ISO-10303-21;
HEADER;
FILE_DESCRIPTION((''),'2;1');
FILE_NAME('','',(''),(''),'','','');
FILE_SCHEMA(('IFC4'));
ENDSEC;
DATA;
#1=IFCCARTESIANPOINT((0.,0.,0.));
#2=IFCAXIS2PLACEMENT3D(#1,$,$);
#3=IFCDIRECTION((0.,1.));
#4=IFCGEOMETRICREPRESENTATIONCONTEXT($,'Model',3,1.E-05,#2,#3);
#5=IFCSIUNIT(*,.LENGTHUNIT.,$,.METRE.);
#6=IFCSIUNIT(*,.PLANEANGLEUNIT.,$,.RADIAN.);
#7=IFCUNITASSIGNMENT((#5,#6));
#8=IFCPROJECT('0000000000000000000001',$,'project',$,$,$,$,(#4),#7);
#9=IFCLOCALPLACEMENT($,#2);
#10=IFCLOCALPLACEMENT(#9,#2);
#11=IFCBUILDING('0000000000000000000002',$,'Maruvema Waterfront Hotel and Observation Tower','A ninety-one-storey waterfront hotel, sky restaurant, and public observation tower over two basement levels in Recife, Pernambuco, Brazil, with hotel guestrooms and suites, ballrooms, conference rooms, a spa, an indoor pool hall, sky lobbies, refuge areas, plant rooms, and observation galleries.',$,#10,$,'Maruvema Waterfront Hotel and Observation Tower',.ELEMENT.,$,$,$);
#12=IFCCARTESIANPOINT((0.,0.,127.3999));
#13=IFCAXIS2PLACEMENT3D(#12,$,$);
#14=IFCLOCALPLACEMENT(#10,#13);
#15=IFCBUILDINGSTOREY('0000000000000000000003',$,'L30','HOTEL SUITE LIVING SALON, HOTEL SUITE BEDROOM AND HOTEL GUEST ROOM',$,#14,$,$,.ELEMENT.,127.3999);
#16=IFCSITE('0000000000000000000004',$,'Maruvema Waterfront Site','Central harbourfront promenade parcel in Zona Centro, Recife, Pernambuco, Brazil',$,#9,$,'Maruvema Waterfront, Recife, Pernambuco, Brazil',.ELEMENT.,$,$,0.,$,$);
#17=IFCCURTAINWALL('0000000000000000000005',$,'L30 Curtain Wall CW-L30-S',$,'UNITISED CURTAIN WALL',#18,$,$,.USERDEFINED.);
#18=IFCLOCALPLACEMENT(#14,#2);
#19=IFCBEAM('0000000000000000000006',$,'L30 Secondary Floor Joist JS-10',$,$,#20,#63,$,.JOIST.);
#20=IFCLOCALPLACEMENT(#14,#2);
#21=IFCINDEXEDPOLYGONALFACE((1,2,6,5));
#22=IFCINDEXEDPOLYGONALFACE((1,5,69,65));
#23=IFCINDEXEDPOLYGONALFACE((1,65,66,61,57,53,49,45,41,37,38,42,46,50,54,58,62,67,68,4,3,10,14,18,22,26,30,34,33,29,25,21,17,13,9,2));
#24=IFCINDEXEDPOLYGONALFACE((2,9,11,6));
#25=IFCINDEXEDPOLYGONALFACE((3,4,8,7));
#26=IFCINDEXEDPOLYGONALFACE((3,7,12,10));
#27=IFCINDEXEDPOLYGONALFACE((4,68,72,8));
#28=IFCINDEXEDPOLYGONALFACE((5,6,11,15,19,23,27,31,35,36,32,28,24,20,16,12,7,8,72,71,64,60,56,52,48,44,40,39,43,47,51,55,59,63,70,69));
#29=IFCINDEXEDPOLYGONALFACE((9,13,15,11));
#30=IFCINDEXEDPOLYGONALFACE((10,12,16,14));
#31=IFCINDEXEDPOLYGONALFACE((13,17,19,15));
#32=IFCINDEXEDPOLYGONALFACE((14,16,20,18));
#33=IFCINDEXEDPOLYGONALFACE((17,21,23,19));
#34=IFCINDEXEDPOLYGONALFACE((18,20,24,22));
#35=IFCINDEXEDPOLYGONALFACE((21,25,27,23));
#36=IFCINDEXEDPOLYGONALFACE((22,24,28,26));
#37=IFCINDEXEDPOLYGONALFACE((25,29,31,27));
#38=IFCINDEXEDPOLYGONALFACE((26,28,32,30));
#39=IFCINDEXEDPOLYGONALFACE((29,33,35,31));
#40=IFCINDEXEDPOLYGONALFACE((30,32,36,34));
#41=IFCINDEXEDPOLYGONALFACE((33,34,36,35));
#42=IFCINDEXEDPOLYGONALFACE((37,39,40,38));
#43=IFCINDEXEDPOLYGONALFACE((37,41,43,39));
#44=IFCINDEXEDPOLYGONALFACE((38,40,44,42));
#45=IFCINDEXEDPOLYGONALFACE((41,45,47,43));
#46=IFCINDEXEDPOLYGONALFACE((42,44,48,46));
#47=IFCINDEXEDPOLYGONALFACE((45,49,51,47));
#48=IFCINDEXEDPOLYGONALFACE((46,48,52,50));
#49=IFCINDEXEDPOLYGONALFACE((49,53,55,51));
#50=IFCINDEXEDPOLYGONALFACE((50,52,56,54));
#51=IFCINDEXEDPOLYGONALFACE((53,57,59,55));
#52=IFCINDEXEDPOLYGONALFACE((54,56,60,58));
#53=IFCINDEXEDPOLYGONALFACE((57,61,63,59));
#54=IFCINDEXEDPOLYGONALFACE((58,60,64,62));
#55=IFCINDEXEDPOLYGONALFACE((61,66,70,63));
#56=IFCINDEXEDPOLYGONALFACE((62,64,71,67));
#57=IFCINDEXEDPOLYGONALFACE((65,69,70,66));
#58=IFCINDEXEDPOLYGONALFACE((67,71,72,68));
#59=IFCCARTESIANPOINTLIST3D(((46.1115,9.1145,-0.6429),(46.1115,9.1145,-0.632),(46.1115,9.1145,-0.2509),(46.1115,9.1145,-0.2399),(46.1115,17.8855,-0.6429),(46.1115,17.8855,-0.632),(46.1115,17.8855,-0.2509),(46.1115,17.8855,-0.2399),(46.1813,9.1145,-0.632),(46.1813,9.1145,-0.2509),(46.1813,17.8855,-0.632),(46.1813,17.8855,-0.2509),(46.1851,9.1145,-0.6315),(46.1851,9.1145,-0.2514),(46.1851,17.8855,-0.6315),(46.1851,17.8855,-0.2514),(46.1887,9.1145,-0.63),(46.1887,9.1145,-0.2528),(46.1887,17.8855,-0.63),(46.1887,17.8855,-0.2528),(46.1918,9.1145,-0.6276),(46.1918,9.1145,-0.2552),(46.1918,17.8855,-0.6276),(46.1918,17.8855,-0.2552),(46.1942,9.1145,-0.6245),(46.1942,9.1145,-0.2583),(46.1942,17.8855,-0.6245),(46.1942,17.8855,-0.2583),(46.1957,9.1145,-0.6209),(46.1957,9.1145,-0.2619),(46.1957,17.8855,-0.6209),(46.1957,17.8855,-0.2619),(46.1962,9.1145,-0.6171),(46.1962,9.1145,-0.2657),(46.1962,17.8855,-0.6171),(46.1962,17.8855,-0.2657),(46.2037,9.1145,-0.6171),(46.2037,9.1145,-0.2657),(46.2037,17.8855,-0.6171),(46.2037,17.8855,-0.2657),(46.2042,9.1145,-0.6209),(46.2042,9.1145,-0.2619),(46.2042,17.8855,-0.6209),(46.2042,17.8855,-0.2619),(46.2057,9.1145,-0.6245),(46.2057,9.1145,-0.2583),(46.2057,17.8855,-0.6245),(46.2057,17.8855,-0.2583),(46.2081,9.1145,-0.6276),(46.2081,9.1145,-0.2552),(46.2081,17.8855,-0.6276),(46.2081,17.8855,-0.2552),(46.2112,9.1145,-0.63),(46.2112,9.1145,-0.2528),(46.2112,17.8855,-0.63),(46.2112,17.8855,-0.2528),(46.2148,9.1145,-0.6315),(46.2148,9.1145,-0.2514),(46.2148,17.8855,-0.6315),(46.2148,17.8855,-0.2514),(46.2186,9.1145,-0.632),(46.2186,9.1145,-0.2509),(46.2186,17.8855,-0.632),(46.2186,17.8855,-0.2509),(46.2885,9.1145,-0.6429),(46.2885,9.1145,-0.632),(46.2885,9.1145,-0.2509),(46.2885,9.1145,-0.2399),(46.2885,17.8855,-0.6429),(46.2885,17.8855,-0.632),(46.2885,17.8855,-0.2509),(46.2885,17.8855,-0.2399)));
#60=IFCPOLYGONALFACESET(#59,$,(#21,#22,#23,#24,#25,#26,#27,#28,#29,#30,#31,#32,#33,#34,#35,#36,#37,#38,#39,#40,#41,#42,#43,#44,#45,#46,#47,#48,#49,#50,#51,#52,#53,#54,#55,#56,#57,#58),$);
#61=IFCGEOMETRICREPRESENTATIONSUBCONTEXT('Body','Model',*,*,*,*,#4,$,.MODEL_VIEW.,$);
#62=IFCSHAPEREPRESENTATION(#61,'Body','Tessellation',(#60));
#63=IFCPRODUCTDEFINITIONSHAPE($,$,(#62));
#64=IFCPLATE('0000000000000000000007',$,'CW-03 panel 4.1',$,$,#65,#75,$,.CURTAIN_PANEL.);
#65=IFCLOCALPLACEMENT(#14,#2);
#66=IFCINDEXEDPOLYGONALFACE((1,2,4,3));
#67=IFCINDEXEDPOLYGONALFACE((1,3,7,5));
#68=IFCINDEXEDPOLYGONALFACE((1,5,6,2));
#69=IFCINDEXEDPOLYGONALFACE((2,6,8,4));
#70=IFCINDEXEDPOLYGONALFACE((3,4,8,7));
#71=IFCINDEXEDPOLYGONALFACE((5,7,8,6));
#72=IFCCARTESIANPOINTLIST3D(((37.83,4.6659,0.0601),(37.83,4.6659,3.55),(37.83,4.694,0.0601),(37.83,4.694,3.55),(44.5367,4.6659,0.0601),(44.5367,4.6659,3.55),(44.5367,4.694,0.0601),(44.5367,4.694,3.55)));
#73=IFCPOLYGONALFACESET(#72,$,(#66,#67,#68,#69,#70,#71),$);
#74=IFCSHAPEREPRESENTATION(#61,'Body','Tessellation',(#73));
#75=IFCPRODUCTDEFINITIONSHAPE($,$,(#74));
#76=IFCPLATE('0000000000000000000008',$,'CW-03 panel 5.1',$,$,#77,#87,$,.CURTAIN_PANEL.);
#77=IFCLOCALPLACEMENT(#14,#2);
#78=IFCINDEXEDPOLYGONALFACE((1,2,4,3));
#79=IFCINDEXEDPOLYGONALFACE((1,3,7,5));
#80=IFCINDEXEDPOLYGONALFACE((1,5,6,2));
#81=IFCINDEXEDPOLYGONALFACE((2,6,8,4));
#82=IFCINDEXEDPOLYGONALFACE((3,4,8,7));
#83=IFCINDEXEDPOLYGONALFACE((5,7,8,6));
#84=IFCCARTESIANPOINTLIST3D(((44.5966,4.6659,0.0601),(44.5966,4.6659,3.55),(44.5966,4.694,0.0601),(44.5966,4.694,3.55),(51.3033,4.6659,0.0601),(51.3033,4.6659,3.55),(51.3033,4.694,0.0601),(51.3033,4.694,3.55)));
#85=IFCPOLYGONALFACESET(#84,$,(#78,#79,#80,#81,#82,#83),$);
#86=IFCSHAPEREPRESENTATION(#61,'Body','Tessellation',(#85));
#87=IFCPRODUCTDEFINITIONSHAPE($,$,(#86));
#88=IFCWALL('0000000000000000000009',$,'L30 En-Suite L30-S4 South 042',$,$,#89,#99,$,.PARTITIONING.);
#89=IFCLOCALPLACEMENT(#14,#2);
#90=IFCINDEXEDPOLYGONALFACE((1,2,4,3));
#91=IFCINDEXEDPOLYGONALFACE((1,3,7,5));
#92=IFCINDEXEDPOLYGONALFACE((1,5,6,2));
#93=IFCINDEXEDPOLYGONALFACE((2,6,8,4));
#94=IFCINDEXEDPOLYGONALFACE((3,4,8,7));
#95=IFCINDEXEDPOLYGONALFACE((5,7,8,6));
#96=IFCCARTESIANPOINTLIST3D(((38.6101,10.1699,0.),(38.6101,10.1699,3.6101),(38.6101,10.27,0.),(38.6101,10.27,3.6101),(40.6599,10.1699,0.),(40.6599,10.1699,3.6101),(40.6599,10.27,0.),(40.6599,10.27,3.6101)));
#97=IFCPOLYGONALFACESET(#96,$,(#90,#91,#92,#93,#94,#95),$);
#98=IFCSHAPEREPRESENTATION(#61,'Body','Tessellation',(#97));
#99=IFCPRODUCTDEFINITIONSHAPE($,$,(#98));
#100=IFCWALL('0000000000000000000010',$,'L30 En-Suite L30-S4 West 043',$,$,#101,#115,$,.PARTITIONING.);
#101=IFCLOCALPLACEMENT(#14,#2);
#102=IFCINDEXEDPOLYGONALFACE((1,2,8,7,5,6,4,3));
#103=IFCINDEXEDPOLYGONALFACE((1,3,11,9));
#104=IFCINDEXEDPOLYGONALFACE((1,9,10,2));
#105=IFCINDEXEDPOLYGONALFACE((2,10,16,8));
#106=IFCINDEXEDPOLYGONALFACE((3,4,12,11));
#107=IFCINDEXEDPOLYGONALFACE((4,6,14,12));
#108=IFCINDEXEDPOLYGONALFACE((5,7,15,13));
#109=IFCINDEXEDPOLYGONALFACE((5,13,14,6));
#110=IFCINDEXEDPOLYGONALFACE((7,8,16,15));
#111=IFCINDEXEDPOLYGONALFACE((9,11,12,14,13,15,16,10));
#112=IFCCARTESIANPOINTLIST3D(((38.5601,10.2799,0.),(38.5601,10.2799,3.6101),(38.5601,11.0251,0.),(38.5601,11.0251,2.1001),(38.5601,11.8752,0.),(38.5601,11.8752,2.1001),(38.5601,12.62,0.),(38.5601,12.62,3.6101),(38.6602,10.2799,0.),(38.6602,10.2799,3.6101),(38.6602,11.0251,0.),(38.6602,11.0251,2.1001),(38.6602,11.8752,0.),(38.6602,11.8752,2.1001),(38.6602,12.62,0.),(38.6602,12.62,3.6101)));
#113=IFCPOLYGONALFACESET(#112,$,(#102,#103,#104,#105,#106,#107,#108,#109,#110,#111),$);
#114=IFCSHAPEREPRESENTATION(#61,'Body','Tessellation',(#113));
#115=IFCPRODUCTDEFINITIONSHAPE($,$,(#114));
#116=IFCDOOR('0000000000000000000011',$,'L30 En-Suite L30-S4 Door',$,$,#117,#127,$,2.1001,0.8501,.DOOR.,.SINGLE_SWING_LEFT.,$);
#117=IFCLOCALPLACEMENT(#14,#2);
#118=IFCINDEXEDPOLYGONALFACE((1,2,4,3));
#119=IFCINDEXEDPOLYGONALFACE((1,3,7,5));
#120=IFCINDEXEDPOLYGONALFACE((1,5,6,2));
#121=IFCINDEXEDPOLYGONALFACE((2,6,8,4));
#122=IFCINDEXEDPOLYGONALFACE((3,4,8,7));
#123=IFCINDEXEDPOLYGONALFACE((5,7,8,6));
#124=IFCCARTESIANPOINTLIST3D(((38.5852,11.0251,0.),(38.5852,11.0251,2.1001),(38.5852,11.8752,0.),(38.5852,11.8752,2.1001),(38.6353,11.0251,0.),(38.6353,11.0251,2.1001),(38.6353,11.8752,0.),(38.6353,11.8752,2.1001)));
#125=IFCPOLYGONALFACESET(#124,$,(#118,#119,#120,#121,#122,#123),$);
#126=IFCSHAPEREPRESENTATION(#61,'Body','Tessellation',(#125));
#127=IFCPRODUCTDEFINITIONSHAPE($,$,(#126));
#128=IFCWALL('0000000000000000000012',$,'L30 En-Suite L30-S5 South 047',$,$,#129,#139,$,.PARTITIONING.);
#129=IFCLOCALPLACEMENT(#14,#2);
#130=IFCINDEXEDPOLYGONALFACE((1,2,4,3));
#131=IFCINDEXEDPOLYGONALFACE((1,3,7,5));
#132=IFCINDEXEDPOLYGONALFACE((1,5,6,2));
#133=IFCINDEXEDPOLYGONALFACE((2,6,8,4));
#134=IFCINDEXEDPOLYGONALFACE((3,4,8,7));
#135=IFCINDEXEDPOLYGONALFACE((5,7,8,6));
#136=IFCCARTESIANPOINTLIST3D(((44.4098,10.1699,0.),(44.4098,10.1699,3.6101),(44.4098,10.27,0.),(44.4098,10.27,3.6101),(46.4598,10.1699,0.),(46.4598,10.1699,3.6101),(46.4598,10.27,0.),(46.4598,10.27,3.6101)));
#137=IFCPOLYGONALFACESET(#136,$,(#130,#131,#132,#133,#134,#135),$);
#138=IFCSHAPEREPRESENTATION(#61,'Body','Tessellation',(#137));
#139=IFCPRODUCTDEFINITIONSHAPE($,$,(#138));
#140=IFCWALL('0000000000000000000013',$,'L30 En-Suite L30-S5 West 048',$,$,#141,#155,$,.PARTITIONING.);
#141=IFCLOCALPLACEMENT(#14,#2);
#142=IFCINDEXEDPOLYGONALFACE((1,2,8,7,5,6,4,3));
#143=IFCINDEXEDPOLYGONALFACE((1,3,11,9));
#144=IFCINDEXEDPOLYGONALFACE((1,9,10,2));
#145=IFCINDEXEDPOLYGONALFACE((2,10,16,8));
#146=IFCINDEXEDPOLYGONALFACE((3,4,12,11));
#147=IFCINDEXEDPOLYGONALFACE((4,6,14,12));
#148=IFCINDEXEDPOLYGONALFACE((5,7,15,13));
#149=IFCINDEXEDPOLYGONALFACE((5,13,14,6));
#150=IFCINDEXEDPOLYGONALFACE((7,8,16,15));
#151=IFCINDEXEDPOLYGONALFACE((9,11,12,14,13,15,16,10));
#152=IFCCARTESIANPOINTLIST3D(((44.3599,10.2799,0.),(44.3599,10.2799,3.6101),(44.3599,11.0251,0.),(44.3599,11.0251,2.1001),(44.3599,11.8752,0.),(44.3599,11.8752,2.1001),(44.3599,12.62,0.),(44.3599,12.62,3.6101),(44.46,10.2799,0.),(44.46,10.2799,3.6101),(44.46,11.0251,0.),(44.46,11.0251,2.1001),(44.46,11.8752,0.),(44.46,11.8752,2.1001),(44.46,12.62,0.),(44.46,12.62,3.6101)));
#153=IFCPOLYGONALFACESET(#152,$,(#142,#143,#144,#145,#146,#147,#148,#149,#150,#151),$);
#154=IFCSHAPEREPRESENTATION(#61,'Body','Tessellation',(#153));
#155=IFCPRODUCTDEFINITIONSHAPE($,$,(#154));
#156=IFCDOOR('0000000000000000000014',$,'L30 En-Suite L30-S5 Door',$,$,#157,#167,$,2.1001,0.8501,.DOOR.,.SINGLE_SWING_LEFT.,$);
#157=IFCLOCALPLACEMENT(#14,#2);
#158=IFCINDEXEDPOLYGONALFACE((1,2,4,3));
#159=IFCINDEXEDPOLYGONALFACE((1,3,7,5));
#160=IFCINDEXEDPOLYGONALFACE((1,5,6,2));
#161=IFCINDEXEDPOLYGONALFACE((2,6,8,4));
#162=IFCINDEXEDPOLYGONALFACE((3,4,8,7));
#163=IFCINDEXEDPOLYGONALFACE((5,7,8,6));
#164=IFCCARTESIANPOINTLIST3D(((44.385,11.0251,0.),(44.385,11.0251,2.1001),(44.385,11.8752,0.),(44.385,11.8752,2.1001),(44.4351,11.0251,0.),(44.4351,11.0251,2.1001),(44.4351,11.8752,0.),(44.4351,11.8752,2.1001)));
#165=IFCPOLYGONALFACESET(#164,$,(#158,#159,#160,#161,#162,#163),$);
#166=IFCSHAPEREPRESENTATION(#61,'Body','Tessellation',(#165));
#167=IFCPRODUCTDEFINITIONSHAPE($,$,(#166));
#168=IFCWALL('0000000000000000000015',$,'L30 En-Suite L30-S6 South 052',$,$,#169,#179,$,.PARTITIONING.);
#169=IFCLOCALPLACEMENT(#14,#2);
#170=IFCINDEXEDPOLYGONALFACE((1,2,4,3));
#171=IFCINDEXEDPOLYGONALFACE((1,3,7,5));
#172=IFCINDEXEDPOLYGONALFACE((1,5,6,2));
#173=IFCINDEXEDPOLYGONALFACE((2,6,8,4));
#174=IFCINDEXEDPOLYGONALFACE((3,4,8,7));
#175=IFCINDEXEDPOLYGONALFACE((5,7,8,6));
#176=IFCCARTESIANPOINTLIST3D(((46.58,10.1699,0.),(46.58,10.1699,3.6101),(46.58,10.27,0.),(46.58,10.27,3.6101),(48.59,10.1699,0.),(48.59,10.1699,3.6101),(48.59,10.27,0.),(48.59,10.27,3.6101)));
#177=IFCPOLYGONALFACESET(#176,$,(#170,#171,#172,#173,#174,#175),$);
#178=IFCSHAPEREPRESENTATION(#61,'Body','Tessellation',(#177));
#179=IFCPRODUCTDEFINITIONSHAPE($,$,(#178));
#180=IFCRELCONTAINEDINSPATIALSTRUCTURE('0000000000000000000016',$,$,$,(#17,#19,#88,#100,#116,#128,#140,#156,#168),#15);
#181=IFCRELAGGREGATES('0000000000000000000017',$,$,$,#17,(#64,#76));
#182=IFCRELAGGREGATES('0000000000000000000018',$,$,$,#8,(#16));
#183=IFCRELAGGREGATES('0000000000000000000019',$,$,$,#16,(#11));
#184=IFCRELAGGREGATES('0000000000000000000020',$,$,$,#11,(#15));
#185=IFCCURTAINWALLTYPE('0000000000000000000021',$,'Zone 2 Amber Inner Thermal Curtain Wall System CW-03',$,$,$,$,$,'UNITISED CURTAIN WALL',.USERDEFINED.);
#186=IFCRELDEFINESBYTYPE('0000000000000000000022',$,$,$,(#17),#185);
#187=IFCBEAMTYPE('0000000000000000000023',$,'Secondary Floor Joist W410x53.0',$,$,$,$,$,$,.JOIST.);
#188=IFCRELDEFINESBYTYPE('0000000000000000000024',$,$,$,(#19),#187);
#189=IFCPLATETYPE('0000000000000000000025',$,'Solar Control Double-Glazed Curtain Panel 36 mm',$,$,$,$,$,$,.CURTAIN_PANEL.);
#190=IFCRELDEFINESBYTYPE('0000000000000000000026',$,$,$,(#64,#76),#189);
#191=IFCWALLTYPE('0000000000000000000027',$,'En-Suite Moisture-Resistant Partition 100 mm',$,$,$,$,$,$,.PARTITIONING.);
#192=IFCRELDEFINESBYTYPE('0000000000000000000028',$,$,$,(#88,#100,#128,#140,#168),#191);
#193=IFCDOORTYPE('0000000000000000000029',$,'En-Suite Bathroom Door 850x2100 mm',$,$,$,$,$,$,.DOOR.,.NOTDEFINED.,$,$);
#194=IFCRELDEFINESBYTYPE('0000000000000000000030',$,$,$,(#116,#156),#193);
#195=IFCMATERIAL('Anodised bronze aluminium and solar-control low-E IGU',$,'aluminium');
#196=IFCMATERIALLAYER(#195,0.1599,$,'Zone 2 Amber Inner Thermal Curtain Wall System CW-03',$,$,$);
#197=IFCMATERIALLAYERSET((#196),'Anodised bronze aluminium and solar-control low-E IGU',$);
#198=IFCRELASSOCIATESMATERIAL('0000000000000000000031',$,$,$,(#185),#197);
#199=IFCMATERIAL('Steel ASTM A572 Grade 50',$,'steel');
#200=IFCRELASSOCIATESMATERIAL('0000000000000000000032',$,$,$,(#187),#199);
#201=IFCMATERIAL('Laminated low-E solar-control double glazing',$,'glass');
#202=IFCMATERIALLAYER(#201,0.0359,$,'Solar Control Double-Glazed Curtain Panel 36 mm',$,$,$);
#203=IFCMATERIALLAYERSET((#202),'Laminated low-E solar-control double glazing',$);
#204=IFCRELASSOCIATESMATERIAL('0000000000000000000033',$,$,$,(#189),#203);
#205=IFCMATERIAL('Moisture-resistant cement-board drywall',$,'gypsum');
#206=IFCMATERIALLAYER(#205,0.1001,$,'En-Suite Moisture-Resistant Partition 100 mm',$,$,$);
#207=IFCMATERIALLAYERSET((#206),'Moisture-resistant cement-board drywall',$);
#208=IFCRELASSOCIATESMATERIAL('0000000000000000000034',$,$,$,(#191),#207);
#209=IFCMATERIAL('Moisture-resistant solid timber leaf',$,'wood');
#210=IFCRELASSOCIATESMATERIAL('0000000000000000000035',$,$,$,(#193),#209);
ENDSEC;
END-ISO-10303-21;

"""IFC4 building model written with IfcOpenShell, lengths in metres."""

from ifc_helpers import new_model, si_unit, direction, frame, frame_2d, origin, origin_2d, place, context, subcontext, project, spatial, rectangle, i_section, extrude, material, layer, layer_set, material_profile, profile_set, type_object, element, fill, aggregate, save


model = new_model("IFC4")

# Units and contexts
model_context = context("Model", 3, precision=1e-05, world=origin(), true_north=direction((0.0, 1.0)))
body_context = subcontext(model_context, "Body", "Model", "MODEL_VIEW")
ifc_project = project(units=[si_unit("LENGTHUNIT", "METRE"), si_unit("PLANEANGLEUNIT", "RADIAN")], contexts=[model_context])

# Site, building, storey
site_placement = place(None, origin())
site = spatial("IfcSite", under=ifc_project, at=site_placement, Name="Maruvema Waterfront Site", Description="Central harbourfront promenade parcel in Zona Centro, Recife, Pernambuco, Brazil", LongName="Maruvema Waterfront, Recife, Pernambuco, Brazil", CompositionType="ELEMENT", RefElevation=0.0)
building_placement = place(site_placement, origin())
building = spatial("IfcBuilding", under=site, at=building_placement, Name="Maruvema Waterfront Hotel and Observation Tower", Description="A ninety-one-storey waterfront hotel, sky restaurant, and public observation tower over two basement levels in Recife, Pernambuco, Brazil, with hotel guestrooms and suites, ballrooms, conference rooms, a spa, an indoor pool hall, sky lobbies, refuge areas, plant rooms, and observation galleries.", LongName="Maruvema Waterfront Hotel and Observation Tower", CompositionType="ELEMENT")
storey_placement = place(building_placement, frame((0.0, 0.0, 127.3999)))
storey = spatial("IfcBuildingStorey", under=building, at=storey_placement, Name="L30", Description="HOTEL SUITE LIVING SALON, HOTEL SUITE BEDROOM AND HOTEL GUEST ROOM", CompositionType="ELEMENT", Elevation=127.3999)

# Curtain wall
ifc_material_1 = material(Name="Anodised bronze aluminium and solar-control low-E IGU", Category="aluminium")
ifc_layer_1 = layer(ifc_material_1, 0.1599, Name="Zone 2 Amber Inner Thermal Curtain Wall System CW-03")
ifc_layer_set_1 = layer_set([ifc_layer_1], Name="Anodised bronze aluminium and solar-control low-E IGU")
curtain_wall_type = type_object("IfcCurtainWallType", Name="Zone 2 Amber Inner Thermal Curtain Wall System CW-03", ElementType="UNITISED CURTAIN WALL", PredefinedType="USERDEFINED", material=ifc_layer_set_1)
curtain_wall_placement = place(storey_placement, origin())
curtain_wall = element("IfcCurtainWall", 1, at=curtain_wall_placement, inside=storey, type_object=curtain_wall_type, Name="L30 Curtain Wall CW-L30-S", ObjectType="UNITISED CURTAIN WALL", PredefinedType="USERDEFINED")

# Beam
ifc_material_2 = material(Name="Steel ASTM A572 Grade 50", Category="steel")
ifc_material_profile_1 = material_profile(ifc_material_2, i_section(OverallWidth=0.177, OverallDepth=0.4031, WebThickness=0.0076, FlangeThickness=0.011, FilletRadius=0.0149, at=origin_2d()), Name="W410x53.0")
ifc_profile_set_1 = profile_set([ifc_material_profile_1], Name="Steel ASTM A572 Grade 50")
beam_type_1 = type_object("IfcBeamType", Name="Secondary Floor Joist W410x53.0", PredefinedType="JOIST", material=ifc_profile_set_1)
beam_1_placement = place(storey_placement, frame((46.2, 9.1145, -0.4414), z_axis=(0.0, 1.0, 0.0), x_axis=(-1.0, 0.0, 0.0)))
element("IfcBeam", 2, at=beam_1_placement, inside=storey, type_object=beam_type_1, Name="L30 Secondary Floor Joist JS-10", PredefinedType="JOIST", context=body_context, shape_type="SweptSolid", body=[
    extrude(i_section(OverallWidth=0.177, OverallDepth=0.4031, WebThickness=0.0076, FlangeThickness=0.011, FilletRadius=0.0149, at=origin_2d()), origin(), (0.0, 0.0, 1.0), 8.771),
])

# Plates
ifc_material_3 = material(Name="Laminated low-E solar-control double glazing", Category="glass")
ifc_layer_2 = layer(ifc_material_3, 0.0359, Name="Solar Control Double-Glazed Curtain Panel 36 mm")
ifc_layer_set_2 = layer_set([ifc_layer_2], Name="Laminated low-E solar-control double glazing")
plate_type = type_object("IfcPlateType", Name="Solar Control Double-Glazed Curtain Panel 36 mm", PredefinedType="CURTAIN_PANEL", material=ifc_layer_set_2)
plate_1_placement = place(storey_placement, frame((41.1833, 4.6799, 0.0601), z_axis=(0.0, 0.0, 1.0), x_axis=(1.0, 0.0, 0.0)))
plate_1 = element("IfcPlate", 3, at=plate_1_placement, type_object=plate_type, Name="CW-03 panel 4.1", PredefinedType="CURTAIN_PANEL", context=body_context, shape_type="SweptSolid", body=[
    extrude(rectangle(XDim=6.7068, YDim=0.0281, at=origin_2d()), origin(), (0.0, 0.0, 1.0), 3.49),
])
plate_2_placement = place(storey_placement, frame((47.95, 4.6799, 0.0601), z_axis=(0.0, 0.0, 1.0), x_axis=(1.0, 0.0, 0.0)))
plate_2 = element("IfcPlate", 4, at=plate_2_placement, type_object=plate_type, Name="CW-03 panel 5.1", PredefinedType="CURTAIN_PANEL", context=body_context, shape_type="SweptSolid", body=[
    extrude(rectangle(XDim=6.7068, YDim=0.0281, at=origin_2d()), origin(), (0.0, 0.0, 1.0), 3.49),
])
aggregate(curtain_wall, [plate_1, plate_2])

# Wall
ifc_material_4 = material(Name="Moisture-resistant cement-board drywall", Category="gypsum")
ifc_layer_3 = layer(ifc_material_4, 0.1001, Name="En-Suite Moisture-Resistant Partition 100 mm")
ifc_layer_set_3 = layer_set([ifc_layer_3], Name="Moisture-resistant cement-board drywall")
wall_type_1 = type_object("IfcWallType", Name="En-Suite Moisture-Resistant Partition 100 mm", PredefinedType="PARTITIONING", material=ifc_layer_set_3)
wall_1_placement = place(storey_placement, frame((38.6101, 10.22, 0.0), z_axis=(0.0, 0.0, 1.0), x_axis=(1.0, 0.0, 0.0)))
element("IfcWall", 5, at=wall_1_placement, inside=storey, type_object=wall_type_1, Name="L30 En-Suite L30-S4 South 042", PredefinedType="PARTITIONING", context=body_context, shape_type="SweptSolid", body=[
    extrude(rectangle(XDim=2.0498, YDim=0.1001, at=frame_2d((1.0249, 0.0))), origin(), (0.0, 0.0, 1.0), 3.6101),
])

# Wall, opening, door
wall_2_placement = place(storey_placement, frame((38.6101, 10.28, 0.0), z_axis=(0.0, 0.0, 1.0), x_axis=(0.0, 1.0, 0.0)))
wall_2 = element("IfcWall", 6, at=wall_2_placement, inside=storey, type_object=wall_type_1, Name="L30 En-Suite L30-S4 West 043", PredefinedType="PARTITIONING", context=body_context, shape_type="SweptSolid", body=[
    extrude(rectangle(XDim=2.3401, YDim=0.1001, at=frame_2d((1.1699, 0.0))), origin(), (0.0, 0.0, 1.0), 3.6101),
])
opening_1_placement = place(wall_2_placement, frame((0.7451, 0.0, 0.0)))
opening_1 = element("IfcOpeningElement", 7, at=opening_1_placement, cuts=wall_2, PredefinedType="OPENING", context=body_context, shape_type="SweptSolid", body=[
    extrude(rectangle(XDim=0.8501, YDim=2.1001, at=frame_2d((0.425, 1.05))), frame((0.0, 0.0601, 0.0), z_axis=(0.0, -1.0, 0.0), x_axis=(1.0, 0.0, 0.0)), (0.0, 0.0, 1.0), 0.1201),
])
ifc_material_5 = material(Name="Moisture-resistant solid timber leaf", Category="wood")
door_type = type_object("IfcDoorType", Name="En-Suite Bathroom Door 850x2100 mm", OperationType="NOTDEFINED", PredefinedType="DOOR", material=ifc_material_5)
door_1_placement = place(opening_1_placement, origin())
door_1 = element("IfcDoor", 8, at=door_1_placement, inside=storey, type_object=door_type, Name="L30 En-Suite L30-S4 Door", OperationType="SINGLE_SWING_LEFT", OverallHeight=2.1001, OverallWidth=0.8501, PredefinedType="DOOR", context=body_context, shape_type="SweptSolid", body=[
    extrude(rectangle(XDim=0.8501, YDim=2.1001, at=frame_2d((0.425, 1.05))), frame((0.0, 0.0249, 0.0), z_axis=(0.0, -1.0, 0.0), x_axis=(1.0, 0.0, 0.0)), (0.0, 0.0, 1.0), 0.05),
])
fill(opening_1, door_1)

# Wall
wall_3_placement = place(storey_placement, frame((44.4099, 10.22, 0.0), z_axis=(0.0, 0.0, 1.0), x_axis=(1.0, 0.0, 0.0)))
element("IfcWall", 9, at=wall_3_placement, inside=storey, type_object=wall_type_1, Name="L30 En-Suite L30-S5 South 047", PredefinedType="PARTITIONING", context=body_context, shape_type="SweptSolid", body=[
    extrude(rectangle(XDim=2.05, YDim=0.1001, at=frame_2d((1.0249, 0.0))), origin(), (0.0, 0.0, 1.0), 3.6101),
])

# Wall, opening, door
wall_4_placement = place(storey_placement, frame((44.4099, 10.28, 0.0), z_axis=(0.0, 0.0, 1.0), x_axis=(0.0, 1.0, 0.0)))
wall_4 = element("IfcWall", 10, at=wall_4_placement, inside=storey, type_object=wall_type_1, Name="L30 En-Suite L30-S5 West 048", PredefinedType="PARTITIONING", context=body_context, shape_type="SweptSolid", body=[
    extrude(rectangle(XDim=2.3401, YDim=0.1001, at=frame_2d((1.1699, 0.0))), origin(), (0.0, 0.0, 1.0), 3.6101),
])
opening_2_placement = place(wall_4_placement, frame((0.7451, 0.0, 0.0)))
opening_2 = element("IfcOpeningElement", 11, at=opening_2_placement, cuts=wall_4, PredefinedType="OPENING", context=body_context, shape_type="SweptSolid", body=[
    extrude(rectangle(XDim=0.8501, YDim=2.1001, at=frame_2d((0.425, 1.05))), frame((0.0, 0.0601, 0.0), z_axis=(0.0, -1.0, 0.0), x_axis=(1.0, 0.0, 0.0)), (0.0, 0.0, 1.0), 0.1201),
])
door_2_placement = place(opening_2_placement, origin())
door_2 = element("IfcDoor", 12, at=door_2_placement, inside=storey, type_object=door_type, Name="L30 En-Suite L30-S5 Door", OperationType="SINGLE_SWING_LEFT", OverallHeight=2.1001, OverallWidth=0.8501, PredefinedType="DOOR", context=body_context, shape_type="SweptSolid", body=[
    extrude(rectangle(XDim=0.8501, YDim=2.1001, at=frame_2d((0.425, 1.05))), frame((0.0, 0.0249, 0.0), z_axis=(0.0, -1.0, 0.0), x_axis=(1.0, 0.0, 0.0)), (0.0, 0.0, 1.0), 0.05),
])
fill(opening_2, door_2)

# Wall
wall_5_placement = place(storey_placement, frame((46.5801, 10.22, 0.0), z_axis=(0.0, 0.0, 1.0), x_axis=(1.0, 0.0, 0.0)))
element("IfcWall", 13, at=wall_5_placement, inside=storey, type_object=wall_type_1, Name="L30 En-Suite L30-S6 South 052", PredefinedType="PARTITIONING", context=body_context, shape_type="SweptSolid", body=[
    extrude(rectangle(XDim=2.01, YDim=0.1001, at=frame_2d((1.0049, 0.0))), origin(), (0.0, 0.0, 1.0), 3.6101),
])

save(model, "model.ifc")
